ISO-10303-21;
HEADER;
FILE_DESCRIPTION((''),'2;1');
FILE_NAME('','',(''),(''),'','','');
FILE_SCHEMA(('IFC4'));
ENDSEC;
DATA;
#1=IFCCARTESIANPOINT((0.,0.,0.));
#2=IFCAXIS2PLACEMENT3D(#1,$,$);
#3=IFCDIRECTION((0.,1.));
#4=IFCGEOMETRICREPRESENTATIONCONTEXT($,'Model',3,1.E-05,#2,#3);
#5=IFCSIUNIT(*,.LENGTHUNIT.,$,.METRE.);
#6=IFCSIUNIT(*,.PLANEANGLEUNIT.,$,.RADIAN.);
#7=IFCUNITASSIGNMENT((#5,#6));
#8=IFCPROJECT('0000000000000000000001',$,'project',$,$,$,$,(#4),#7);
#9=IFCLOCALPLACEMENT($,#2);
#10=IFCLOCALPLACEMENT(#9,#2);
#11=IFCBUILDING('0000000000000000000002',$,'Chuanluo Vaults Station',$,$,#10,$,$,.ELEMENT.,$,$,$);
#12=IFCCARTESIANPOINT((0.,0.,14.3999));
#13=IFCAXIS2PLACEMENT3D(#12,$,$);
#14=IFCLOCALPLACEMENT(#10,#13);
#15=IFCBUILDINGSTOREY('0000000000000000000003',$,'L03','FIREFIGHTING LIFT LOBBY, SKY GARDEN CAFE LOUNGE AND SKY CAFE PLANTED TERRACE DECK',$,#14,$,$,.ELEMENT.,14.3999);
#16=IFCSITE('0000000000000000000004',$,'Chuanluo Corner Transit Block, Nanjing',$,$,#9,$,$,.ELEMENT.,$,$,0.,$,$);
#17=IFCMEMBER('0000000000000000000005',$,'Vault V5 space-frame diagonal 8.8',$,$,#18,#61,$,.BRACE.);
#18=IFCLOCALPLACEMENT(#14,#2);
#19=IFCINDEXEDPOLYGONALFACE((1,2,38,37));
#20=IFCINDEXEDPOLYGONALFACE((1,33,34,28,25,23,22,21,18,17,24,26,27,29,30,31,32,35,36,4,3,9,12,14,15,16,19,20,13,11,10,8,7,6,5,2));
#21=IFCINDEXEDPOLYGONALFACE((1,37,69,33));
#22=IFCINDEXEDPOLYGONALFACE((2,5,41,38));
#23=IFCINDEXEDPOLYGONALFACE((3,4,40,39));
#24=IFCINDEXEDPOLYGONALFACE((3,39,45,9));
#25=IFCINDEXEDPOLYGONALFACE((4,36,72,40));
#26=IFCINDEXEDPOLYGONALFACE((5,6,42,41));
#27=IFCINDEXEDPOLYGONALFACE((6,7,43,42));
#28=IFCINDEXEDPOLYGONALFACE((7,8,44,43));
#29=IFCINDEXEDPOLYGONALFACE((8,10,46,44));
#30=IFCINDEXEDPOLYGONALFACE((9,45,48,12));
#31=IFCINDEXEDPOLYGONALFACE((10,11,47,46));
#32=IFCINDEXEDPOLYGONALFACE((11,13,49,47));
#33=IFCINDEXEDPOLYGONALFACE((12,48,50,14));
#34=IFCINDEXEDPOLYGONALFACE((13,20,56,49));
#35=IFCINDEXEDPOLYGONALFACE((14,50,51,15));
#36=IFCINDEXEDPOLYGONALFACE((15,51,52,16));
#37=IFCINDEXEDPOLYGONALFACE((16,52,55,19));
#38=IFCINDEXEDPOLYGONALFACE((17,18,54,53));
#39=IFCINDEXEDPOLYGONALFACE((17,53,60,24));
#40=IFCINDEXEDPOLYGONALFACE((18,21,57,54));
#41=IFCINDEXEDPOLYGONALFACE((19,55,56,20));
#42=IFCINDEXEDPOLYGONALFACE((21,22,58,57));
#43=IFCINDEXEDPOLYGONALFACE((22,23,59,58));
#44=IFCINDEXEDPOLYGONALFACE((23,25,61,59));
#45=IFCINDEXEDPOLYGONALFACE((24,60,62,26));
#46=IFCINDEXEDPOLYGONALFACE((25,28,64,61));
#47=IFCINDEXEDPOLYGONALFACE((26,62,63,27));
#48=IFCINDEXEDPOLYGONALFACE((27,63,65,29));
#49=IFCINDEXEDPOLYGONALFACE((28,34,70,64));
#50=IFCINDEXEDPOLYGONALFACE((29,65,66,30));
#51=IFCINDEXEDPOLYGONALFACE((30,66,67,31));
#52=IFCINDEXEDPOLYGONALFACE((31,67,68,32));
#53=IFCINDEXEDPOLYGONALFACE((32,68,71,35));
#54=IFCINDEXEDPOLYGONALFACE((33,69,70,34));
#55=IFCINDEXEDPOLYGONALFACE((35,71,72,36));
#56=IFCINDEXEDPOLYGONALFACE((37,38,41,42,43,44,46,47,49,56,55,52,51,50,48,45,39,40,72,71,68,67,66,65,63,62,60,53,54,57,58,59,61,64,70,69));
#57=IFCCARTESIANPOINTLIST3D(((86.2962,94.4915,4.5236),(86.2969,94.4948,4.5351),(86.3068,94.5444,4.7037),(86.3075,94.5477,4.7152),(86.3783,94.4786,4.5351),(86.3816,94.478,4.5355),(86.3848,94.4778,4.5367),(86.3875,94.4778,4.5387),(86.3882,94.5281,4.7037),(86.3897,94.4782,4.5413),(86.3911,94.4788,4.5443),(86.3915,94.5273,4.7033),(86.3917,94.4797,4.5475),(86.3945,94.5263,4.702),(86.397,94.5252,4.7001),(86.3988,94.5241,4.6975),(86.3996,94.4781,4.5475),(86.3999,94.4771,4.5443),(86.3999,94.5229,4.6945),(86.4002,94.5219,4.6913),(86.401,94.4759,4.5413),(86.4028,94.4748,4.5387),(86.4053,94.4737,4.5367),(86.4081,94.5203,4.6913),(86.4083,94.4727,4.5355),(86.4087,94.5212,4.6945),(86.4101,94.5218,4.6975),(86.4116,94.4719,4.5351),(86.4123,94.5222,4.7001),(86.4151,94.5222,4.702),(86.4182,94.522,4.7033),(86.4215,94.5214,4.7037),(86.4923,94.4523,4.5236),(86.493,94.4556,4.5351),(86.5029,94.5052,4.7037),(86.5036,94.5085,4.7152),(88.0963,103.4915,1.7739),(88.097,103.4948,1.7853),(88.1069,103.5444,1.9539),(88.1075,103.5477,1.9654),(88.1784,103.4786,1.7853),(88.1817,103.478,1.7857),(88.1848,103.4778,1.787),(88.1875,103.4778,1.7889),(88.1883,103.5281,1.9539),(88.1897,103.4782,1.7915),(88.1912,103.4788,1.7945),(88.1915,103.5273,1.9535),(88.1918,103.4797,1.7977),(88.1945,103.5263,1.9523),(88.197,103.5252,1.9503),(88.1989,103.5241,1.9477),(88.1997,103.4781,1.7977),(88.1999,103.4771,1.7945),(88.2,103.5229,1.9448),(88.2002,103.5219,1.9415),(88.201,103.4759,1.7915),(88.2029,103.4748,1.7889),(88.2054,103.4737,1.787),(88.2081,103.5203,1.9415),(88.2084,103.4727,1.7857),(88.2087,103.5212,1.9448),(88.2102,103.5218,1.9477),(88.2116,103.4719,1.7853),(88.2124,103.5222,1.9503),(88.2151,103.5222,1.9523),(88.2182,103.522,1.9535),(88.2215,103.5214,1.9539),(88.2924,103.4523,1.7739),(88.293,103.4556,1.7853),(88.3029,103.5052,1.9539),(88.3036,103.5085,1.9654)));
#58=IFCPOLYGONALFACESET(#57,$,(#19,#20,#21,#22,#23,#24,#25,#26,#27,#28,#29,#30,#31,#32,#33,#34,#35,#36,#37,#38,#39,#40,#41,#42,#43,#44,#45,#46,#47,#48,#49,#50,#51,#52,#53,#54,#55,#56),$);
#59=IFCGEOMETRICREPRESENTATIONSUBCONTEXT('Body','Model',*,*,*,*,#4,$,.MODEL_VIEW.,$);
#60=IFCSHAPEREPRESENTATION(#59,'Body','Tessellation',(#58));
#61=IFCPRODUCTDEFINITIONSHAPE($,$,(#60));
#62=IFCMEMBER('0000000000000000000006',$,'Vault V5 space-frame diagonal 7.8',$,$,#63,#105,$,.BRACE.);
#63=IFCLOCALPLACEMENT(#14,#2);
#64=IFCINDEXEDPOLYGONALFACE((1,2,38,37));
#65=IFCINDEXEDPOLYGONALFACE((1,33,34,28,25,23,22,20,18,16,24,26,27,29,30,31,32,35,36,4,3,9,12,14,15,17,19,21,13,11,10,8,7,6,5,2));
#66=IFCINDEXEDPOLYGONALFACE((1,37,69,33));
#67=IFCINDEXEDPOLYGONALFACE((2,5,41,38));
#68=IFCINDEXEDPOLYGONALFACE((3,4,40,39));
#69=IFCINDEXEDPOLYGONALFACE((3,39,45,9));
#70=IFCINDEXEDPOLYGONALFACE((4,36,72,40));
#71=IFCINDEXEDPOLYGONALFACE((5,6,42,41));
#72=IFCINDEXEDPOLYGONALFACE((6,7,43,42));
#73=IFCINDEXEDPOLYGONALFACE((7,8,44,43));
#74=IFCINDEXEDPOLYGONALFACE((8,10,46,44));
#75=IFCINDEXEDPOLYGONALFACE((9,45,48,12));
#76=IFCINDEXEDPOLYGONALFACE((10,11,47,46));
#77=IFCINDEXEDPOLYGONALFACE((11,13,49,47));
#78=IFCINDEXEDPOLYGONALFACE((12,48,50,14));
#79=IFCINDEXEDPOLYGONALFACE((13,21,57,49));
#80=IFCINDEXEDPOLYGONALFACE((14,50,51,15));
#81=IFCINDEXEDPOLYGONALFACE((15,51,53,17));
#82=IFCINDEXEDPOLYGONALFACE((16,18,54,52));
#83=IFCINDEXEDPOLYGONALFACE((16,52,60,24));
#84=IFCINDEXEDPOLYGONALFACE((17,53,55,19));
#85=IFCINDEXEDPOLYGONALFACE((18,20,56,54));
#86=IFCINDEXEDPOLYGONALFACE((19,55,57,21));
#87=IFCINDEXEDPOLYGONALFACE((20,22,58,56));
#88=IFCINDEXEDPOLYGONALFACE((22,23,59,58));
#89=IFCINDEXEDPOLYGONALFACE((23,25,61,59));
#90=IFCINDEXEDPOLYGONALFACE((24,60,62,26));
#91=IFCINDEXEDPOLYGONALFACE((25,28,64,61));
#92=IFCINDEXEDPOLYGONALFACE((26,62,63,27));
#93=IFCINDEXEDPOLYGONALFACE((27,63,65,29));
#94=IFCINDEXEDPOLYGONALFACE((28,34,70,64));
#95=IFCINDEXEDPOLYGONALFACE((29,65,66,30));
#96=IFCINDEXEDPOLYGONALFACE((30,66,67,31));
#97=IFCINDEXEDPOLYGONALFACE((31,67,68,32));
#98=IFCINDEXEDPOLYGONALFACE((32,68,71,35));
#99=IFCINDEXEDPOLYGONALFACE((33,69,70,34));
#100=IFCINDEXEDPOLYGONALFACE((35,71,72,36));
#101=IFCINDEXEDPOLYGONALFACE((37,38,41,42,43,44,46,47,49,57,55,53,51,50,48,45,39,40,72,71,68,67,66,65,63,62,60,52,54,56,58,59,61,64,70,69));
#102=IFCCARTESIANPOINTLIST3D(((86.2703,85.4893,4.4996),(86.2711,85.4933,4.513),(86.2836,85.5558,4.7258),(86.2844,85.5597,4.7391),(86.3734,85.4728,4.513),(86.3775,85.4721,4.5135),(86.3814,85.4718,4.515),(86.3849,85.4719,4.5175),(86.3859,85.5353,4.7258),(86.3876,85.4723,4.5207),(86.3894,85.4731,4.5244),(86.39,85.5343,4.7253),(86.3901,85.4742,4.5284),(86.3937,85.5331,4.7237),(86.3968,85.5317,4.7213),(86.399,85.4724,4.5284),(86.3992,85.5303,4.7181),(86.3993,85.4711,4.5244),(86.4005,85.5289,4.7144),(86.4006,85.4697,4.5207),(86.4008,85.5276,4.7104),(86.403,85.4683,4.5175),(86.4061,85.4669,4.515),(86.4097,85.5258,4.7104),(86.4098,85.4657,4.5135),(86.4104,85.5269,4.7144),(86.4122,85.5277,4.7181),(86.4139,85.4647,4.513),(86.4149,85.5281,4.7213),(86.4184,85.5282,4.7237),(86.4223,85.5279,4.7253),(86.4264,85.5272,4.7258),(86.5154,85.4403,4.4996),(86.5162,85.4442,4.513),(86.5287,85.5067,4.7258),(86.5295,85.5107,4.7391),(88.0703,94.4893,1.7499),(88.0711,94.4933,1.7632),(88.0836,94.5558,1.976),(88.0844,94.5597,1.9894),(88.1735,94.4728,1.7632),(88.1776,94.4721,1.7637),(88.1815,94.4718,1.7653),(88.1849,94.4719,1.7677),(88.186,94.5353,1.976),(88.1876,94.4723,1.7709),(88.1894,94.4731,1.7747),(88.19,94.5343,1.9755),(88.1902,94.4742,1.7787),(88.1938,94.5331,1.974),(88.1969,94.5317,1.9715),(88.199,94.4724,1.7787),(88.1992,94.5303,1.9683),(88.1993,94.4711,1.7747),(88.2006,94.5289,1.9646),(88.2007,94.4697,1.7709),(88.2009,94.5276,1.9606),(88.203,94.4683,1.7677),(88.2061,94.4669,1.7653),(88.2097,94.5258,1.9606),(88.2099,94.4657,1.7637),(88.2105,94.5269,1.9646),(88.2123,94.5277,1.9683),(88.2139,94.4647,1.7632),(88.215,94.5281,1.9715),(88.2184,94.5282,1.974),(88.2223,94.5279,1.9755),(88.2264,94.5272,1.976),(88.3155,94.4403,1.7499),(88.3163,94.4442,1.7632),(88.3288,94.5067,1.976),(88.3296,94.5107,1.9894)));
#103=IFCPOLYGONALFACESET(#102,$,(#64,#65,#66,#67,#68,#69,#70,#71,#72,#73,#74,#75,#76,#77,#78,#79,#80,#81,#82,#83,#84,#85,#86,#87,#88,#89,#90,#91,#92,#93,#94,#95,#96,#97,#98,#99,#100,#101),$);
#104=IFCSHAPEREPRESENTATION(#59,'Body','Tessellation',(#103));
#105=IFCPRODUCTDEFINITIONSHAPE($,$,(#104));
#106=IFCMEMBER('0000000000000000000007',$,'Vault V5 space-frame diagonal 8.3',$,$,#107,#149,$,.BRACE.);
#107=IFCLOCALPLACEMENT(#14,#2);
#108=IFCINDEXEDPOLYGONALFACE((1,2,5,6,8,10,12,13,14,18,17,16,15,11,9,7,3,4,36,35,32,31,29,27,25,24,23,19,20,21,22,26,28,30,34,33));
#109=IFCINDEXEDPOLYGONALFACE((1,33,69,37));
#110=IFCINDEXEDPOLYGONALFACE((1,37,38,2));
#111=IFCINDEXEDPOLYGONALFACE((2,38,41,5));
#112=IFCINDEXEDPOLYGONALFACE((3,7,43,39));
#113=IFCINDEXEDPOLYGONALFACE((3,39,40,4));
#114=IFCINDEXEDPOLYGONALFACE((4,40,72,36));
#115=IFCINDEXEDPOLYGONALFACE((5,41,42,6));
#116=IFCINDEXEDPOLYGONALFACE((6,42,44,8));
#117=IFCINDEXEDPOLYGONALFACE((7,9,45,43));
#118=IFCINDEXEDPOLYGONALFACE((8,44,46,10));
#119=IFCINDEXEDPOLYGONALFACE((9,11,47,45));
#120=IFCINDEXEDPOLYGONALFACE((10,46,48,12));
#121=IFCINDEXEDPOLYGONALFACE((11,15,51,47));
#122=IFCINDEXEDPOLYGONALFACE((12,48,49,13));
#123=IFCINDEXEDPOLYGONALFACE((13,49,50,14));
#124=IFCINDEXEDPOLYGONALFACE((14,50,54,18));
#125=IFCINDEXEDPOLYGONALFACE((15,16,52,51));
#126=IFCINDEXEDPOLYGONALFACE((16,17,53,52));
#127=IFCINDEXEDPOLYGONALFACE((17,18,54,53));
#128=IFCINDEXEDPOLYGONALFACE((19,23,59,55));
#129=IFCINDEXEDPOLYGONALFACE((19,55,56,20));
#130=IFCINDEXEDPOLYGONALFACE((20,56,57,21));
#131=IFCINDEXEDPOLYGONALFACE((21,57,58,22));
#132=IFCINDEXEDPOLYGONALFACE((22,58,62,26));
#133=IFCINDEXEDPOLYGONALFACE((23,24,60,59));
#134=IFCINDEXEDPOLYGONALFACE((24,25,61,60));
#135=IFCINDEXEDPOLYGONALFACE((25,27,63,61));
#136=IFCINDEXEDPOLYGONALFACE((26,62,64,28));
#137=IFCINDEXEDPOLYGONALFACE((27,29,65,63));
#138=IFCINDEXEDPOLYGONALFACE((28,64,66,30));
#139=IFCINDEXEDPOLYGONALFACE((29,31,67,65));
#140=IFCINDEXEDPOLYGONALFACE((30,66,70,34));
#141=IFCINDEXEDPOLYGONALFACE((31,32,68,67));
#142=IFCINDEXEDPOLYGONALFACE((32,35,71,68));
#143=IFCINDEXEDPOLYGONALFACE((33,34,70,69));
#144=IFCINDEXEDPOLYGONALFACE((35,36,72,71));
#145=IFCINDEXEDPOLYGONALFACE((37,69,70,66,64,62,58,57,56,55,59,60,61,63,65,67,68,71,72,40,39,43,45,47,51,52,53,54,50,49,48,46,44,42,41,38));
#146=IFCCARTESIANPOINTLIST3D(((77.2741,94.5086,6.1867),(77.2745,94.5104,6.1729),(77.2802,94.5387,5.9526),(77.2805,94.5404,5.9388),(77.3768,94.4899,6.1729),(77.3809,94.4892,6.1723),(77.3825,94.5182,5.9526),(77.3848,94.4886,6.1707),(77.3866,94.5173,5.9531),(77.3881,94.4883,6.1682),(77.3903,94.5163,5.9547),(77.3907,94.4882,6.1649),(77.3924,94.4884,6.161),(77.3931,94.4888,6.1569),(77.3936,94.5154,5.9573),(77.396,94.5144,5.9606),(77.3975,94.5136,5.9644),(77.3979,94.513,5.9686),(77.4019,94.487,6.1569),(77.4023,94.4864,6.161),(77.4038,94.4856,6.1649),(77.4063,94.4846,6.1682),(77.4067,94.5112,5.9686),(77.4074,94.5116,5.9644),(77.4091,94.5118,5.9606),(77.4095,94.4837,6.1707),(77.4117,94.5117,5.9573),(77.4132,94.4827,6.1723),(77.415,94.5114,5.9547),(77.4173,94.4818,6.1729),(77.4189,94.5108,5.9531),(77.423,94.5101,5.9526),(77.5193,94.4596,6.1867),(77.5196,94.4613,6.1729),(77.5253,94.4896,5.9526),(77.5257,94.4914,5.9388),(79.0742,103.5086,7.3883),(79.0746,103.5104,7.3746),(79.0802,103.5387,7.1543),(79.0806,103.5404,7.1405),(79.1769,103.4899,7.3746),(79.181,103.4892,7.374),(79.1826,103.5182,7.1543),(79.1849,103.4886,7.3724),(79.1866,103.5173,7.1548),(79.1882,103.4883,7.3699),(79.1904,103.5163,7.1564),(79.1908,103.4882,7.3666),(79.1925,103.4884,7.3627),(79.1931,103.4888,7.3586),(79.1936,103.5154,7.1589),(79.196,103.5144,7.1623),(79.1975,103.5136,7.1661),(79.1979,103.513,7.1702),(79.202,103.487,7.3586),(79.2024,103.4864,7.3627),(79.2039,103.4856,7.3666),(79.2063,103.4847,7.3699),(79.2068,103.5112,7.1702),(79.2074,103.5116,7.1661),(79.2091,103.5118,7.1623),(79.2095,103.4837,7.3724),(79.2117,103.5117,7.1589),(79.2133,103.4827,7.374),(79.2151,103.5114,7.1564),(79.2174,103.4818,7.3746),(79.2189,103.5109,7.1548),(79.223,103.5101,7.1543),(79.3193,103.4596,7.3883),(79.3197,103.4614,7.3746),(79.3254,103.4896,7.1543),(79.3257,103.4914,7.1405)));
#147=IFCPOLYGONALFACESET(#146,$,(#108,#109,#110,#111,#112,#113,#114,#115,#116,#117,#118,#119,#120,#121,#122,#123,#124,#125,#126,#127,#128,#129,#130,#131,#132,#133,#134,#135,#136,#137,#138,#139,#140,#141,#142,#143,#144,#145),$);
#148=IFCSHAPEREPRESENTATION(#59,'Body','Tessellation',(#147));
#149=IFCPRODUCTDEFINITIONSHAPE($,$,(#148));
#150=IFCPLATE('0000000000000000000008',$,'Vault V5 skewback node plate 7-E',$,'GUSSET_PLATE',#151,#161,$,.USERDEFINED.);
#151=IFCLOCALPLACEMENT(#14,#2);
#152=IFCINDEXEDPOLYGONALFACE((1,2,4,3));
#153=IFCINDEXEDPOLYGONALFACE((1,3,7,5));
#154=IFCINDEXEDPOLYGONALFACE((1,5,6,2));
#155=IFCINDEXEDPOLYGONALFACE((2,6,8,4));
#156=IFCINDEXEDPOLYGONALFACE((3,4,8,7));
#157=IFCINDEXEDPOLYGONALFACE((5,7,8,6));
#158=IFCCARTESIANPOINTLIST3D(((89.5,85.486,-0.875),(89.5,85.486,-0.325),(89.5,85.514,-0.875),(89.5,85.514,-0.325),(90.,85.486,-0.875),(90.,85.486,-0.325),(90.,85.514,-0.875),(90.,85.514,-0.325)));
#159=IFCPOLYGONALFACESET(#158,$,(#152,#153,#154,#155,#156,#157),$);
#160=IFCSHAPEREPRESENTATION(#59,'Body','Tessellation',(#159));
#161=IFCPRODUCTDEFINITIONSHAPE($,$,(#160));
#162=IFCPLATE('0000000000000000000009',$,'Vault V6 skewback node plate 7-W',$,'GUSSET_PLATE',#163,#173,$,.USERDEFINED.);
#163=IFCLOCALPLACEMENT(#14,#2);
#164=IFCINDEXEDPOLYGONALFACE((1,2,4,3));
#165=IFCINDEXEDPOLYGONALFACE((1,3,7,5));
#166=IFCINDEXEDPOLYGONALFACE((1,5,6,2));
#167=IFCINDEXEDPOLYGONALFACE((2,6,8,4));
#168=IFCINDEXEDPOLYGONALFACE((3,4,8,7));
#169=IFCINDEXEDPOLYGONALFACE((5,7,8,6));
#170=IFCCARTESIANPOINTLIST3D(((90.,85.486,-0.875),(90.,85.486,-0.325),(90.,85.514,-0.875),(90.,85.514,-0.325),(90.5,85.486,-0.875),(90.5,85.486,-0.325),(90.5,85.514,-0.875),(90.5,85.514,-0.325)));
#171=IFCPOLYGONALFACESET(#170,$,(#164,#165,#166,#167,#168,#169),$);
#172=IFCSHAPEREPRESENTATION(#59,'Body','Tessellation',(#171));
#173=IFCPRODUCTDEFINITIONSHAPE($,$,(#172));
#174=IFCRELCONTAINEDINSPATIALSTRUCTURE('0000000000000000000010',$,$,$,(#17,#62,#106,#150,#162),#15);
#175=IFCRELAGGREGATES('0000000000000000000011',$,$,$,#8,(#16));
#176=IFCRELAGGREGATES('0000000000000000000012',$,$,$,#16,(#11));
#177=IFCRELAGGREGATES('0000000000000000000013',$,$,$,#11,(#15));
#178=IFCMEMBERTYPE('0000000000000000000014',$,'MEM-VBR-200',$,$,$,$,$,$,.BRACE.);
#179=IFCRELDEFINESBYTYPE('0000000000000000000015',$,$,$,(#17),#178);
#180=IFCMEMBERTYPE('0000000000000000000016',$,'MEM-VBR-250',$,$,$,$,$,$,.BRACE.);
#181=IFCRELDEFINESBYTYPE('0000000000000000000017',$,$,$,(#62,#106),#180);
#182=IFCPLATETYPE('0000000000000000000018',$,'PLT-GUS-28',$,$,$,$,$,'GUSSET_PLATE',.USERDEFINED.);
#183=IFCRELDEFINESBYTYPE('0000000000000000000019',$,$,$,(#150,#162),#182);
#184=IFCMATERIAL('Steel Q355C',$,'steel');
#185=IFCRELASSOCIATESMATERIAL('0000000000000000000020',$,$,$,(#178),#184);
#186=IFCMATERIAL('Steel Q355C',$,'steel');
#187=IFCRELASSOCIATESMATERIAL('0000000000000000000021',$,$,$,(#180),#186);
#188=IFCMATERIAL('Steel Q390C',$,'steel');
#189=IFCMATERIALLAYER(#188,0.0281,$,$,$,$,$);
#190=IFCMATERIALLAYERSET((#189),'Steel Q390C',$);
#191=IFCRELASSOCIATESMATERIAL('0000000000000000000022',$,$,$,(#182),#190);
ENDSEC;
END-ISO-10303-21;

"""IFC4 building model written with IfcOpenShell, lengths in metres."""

from ifc_helpers import new_model, si_unit, direction, frame, origin, origin_2d, place, context, subcontext, project, spatial, rectangle, i_section, extrude, material, layer, layer_set, material_profile, profile_set, type_object, element, save


model = new_model("IFC4")

# Units and contexts
model_context = context("Model", 3, precision=1e-05, world=origin(), true_north=direction((0.0, 1.0)))
body_context = subcontext(model_context, "Body", "Model", "MODEL_VIEW")
ifc_project = project(units=[si_unit("LENGTHUNIT", "METRE"), si_unit("PLANEANGLEUNIT", "RADIAN")], contexts=[model_context])

# Site, building, storey
site_placement = place(None, origin())
site = spatial("IfcSite", under=ifc_project, at=site_placement, Name="Chuanluo Corner Transit Block, Nanjing", CompositionType="ELEMENT", RefElevation=0.0)
building_placement = place(site_placement, origin())
building = spatial("IfcBuilding", under=site, at=building_placement, Name="Chuanluo Vaults Station", CompositionType="ELEMENT")
storey_placement = place(building_placement, frame((0.0, 0.0, 14.3999)))
storey = spatial("IfcBuildingStorey", under=building, at=storey_placement, Name="L03", Description="FIREFIGHTING LIFT LOBBY, SKY GARDEN CAFE LOUNGE AND SKY CAFE PLANTED TERRACE DECK", CompositionType="ELEMENT", Elevation=14.3999)

# Members
ifc_material_1 = material(Name="Steel Q355C", Category="steel")
ifc_material_profile_1 = material_profile(ifc_material_1, i_section(OverallWidth=0.2, OverallDepth=0.2, WebThickness=0.0081, FlangeThickness=0.012, FilletRadius=0.0129, at=origin_2d()))
ifc_profile_set_1 = profile_set([ifc_material_profile_1], Name="Steel Q355C")
member_type_1 = type_object("IfcMemberType", Name="MEM-VBR-200", PredefinedType="BRACE", material=ifc_profile_set_1)
member_1_placement = place(storey_placement, frame((86.3999, 94.5, 4.6194), z_axis=(0.187871, 0.93933, -0.286992), x_axis=(-0.98058, 0.196121, 0.0)))
element("IfcMember", 1, at=member_1_placement, inside=storey, type_object=member_type_1, Name="Vault V5 space-frame diagonal 8.8", PredefinedType="BRACE", context=body_context, shape_type="SweptSolid", body=[
    extrude(i_section(OverallWidth=0.2, OverallDepth=0.2, WebThickness=0.0081, FlangeThickness=0.012, FilletRadius=0.0129, at=origin_2d()), origin(), (0.0, 0.0, 1.0), 9.5813),
])
ifc_material_2 = material(Name="Steel Q355C", Category="steel")
ifc_material_profile_2 = material_profile(ifc_material_2, i_section(OverallWidth=0.25, OverallDepth=0.25, WebThickness=0.009, FlangeThickness=0.0139, FilletRadius=0.0161, at=origin_2d()))
ifc_profile_set_2 = profile_set([ifc_material_profile_2], Name="Steel Q355C")
member_type_2 = type_object("IfcMemberType", Name="MEM-VBR-250", PredefinedType="BRACE", material=ifc_profile_set_2)
member_2_placement = place(storey_placement, frame((86.3999, 85.5, 4.6194), z_axis=(0.187871, 0.93933, -0.286992), x_axis=(-0.98058, 0.196121, 0.0)))
element("IfcMember", 2, at=member_2_placement, inside=storey, type_object=member_type_2, Name="Vault V5 space-frame diagonal 7.8", PredefinedType="BRACE", context=body_context, shape_type="SweptSolid", body=[
    extrude(i_section(OverallWidth=0.25, OverallDepth=0.25, WebThickness=0.009, FlangeThickness=0.0139, FilletRadius=0.0161, at=origin_2d()), origin(), (0.0, 0.0, 1.0), 9.5813),
])
member_3_placement = place(storey_placement, frame((77.3999, 94.5, 6.0627), z_axis=(0.194462, 0.972282, 0.129817), x_axis=(-0.98058, 0.196121, 0.0)))
element("IfcMember", 3, at=member_3_placement, inside=storey, type_object=member_type_2, Name="Vault V5 space-frame diagonal 8.3", PredefinedType="BRACE", context=body_context, shape_type="SweptSolid", body=[
    extrude(i_section(OverallWidth=0.25, OverallDepth=0.25, WebThickness=0.009, FlangeThickness=0.0139, FilletRadius=0.0161, at=origin_2d()), origin(), (0.0, 0.0, 1.0), 9.2566),
])

# Plates
ifc_material_3 = material(Name="Steel Q390C", Category="steel")
ifc_layer = layer(ifc_material_3, 0.0281)
ifc_layer_set = layer_set([ifc_layer], Name="Steel Q390C")
plate_type = type_object("IfcPlateType", Name="PLT-GUS-28", ElementType="GUSSET_PLATE", PredefinedType="USERDEFINED", material=ifc_layer_set)
for number, where, z_axis, x_axis, name in (
    (4, (89.75, 85.5, -0.875), (0.0, 0.0, 1.0), (1.0, 0.0, 0.0), "Vault V5 skewback node plate 7-E"),
    (5, (90.25, 85.5, -0.875), (0.0, 0.0, 1.0), (1.0, 0.0, 0.0), "Vault V6 skewback node plate 7-W"),
):
    element("IfcPlate", number, at=place(storey_placement, frame(where, z_axis=z_axis, x_axis=x_axis)), inside=storey, type_object=plate_type, Name=name, ObjectType="GUSSET_PLATE", PredefinedType="USERDEFINED", context=body_context, shape_type="SweptSolid", body=[
        extrude(rectangle(XDim=0.5, YDim=0.0281, at=origin_2d()), origin(), (0.0, 0.0, 1.0), 0.55),
    ])

save(model, "model.ifc")
